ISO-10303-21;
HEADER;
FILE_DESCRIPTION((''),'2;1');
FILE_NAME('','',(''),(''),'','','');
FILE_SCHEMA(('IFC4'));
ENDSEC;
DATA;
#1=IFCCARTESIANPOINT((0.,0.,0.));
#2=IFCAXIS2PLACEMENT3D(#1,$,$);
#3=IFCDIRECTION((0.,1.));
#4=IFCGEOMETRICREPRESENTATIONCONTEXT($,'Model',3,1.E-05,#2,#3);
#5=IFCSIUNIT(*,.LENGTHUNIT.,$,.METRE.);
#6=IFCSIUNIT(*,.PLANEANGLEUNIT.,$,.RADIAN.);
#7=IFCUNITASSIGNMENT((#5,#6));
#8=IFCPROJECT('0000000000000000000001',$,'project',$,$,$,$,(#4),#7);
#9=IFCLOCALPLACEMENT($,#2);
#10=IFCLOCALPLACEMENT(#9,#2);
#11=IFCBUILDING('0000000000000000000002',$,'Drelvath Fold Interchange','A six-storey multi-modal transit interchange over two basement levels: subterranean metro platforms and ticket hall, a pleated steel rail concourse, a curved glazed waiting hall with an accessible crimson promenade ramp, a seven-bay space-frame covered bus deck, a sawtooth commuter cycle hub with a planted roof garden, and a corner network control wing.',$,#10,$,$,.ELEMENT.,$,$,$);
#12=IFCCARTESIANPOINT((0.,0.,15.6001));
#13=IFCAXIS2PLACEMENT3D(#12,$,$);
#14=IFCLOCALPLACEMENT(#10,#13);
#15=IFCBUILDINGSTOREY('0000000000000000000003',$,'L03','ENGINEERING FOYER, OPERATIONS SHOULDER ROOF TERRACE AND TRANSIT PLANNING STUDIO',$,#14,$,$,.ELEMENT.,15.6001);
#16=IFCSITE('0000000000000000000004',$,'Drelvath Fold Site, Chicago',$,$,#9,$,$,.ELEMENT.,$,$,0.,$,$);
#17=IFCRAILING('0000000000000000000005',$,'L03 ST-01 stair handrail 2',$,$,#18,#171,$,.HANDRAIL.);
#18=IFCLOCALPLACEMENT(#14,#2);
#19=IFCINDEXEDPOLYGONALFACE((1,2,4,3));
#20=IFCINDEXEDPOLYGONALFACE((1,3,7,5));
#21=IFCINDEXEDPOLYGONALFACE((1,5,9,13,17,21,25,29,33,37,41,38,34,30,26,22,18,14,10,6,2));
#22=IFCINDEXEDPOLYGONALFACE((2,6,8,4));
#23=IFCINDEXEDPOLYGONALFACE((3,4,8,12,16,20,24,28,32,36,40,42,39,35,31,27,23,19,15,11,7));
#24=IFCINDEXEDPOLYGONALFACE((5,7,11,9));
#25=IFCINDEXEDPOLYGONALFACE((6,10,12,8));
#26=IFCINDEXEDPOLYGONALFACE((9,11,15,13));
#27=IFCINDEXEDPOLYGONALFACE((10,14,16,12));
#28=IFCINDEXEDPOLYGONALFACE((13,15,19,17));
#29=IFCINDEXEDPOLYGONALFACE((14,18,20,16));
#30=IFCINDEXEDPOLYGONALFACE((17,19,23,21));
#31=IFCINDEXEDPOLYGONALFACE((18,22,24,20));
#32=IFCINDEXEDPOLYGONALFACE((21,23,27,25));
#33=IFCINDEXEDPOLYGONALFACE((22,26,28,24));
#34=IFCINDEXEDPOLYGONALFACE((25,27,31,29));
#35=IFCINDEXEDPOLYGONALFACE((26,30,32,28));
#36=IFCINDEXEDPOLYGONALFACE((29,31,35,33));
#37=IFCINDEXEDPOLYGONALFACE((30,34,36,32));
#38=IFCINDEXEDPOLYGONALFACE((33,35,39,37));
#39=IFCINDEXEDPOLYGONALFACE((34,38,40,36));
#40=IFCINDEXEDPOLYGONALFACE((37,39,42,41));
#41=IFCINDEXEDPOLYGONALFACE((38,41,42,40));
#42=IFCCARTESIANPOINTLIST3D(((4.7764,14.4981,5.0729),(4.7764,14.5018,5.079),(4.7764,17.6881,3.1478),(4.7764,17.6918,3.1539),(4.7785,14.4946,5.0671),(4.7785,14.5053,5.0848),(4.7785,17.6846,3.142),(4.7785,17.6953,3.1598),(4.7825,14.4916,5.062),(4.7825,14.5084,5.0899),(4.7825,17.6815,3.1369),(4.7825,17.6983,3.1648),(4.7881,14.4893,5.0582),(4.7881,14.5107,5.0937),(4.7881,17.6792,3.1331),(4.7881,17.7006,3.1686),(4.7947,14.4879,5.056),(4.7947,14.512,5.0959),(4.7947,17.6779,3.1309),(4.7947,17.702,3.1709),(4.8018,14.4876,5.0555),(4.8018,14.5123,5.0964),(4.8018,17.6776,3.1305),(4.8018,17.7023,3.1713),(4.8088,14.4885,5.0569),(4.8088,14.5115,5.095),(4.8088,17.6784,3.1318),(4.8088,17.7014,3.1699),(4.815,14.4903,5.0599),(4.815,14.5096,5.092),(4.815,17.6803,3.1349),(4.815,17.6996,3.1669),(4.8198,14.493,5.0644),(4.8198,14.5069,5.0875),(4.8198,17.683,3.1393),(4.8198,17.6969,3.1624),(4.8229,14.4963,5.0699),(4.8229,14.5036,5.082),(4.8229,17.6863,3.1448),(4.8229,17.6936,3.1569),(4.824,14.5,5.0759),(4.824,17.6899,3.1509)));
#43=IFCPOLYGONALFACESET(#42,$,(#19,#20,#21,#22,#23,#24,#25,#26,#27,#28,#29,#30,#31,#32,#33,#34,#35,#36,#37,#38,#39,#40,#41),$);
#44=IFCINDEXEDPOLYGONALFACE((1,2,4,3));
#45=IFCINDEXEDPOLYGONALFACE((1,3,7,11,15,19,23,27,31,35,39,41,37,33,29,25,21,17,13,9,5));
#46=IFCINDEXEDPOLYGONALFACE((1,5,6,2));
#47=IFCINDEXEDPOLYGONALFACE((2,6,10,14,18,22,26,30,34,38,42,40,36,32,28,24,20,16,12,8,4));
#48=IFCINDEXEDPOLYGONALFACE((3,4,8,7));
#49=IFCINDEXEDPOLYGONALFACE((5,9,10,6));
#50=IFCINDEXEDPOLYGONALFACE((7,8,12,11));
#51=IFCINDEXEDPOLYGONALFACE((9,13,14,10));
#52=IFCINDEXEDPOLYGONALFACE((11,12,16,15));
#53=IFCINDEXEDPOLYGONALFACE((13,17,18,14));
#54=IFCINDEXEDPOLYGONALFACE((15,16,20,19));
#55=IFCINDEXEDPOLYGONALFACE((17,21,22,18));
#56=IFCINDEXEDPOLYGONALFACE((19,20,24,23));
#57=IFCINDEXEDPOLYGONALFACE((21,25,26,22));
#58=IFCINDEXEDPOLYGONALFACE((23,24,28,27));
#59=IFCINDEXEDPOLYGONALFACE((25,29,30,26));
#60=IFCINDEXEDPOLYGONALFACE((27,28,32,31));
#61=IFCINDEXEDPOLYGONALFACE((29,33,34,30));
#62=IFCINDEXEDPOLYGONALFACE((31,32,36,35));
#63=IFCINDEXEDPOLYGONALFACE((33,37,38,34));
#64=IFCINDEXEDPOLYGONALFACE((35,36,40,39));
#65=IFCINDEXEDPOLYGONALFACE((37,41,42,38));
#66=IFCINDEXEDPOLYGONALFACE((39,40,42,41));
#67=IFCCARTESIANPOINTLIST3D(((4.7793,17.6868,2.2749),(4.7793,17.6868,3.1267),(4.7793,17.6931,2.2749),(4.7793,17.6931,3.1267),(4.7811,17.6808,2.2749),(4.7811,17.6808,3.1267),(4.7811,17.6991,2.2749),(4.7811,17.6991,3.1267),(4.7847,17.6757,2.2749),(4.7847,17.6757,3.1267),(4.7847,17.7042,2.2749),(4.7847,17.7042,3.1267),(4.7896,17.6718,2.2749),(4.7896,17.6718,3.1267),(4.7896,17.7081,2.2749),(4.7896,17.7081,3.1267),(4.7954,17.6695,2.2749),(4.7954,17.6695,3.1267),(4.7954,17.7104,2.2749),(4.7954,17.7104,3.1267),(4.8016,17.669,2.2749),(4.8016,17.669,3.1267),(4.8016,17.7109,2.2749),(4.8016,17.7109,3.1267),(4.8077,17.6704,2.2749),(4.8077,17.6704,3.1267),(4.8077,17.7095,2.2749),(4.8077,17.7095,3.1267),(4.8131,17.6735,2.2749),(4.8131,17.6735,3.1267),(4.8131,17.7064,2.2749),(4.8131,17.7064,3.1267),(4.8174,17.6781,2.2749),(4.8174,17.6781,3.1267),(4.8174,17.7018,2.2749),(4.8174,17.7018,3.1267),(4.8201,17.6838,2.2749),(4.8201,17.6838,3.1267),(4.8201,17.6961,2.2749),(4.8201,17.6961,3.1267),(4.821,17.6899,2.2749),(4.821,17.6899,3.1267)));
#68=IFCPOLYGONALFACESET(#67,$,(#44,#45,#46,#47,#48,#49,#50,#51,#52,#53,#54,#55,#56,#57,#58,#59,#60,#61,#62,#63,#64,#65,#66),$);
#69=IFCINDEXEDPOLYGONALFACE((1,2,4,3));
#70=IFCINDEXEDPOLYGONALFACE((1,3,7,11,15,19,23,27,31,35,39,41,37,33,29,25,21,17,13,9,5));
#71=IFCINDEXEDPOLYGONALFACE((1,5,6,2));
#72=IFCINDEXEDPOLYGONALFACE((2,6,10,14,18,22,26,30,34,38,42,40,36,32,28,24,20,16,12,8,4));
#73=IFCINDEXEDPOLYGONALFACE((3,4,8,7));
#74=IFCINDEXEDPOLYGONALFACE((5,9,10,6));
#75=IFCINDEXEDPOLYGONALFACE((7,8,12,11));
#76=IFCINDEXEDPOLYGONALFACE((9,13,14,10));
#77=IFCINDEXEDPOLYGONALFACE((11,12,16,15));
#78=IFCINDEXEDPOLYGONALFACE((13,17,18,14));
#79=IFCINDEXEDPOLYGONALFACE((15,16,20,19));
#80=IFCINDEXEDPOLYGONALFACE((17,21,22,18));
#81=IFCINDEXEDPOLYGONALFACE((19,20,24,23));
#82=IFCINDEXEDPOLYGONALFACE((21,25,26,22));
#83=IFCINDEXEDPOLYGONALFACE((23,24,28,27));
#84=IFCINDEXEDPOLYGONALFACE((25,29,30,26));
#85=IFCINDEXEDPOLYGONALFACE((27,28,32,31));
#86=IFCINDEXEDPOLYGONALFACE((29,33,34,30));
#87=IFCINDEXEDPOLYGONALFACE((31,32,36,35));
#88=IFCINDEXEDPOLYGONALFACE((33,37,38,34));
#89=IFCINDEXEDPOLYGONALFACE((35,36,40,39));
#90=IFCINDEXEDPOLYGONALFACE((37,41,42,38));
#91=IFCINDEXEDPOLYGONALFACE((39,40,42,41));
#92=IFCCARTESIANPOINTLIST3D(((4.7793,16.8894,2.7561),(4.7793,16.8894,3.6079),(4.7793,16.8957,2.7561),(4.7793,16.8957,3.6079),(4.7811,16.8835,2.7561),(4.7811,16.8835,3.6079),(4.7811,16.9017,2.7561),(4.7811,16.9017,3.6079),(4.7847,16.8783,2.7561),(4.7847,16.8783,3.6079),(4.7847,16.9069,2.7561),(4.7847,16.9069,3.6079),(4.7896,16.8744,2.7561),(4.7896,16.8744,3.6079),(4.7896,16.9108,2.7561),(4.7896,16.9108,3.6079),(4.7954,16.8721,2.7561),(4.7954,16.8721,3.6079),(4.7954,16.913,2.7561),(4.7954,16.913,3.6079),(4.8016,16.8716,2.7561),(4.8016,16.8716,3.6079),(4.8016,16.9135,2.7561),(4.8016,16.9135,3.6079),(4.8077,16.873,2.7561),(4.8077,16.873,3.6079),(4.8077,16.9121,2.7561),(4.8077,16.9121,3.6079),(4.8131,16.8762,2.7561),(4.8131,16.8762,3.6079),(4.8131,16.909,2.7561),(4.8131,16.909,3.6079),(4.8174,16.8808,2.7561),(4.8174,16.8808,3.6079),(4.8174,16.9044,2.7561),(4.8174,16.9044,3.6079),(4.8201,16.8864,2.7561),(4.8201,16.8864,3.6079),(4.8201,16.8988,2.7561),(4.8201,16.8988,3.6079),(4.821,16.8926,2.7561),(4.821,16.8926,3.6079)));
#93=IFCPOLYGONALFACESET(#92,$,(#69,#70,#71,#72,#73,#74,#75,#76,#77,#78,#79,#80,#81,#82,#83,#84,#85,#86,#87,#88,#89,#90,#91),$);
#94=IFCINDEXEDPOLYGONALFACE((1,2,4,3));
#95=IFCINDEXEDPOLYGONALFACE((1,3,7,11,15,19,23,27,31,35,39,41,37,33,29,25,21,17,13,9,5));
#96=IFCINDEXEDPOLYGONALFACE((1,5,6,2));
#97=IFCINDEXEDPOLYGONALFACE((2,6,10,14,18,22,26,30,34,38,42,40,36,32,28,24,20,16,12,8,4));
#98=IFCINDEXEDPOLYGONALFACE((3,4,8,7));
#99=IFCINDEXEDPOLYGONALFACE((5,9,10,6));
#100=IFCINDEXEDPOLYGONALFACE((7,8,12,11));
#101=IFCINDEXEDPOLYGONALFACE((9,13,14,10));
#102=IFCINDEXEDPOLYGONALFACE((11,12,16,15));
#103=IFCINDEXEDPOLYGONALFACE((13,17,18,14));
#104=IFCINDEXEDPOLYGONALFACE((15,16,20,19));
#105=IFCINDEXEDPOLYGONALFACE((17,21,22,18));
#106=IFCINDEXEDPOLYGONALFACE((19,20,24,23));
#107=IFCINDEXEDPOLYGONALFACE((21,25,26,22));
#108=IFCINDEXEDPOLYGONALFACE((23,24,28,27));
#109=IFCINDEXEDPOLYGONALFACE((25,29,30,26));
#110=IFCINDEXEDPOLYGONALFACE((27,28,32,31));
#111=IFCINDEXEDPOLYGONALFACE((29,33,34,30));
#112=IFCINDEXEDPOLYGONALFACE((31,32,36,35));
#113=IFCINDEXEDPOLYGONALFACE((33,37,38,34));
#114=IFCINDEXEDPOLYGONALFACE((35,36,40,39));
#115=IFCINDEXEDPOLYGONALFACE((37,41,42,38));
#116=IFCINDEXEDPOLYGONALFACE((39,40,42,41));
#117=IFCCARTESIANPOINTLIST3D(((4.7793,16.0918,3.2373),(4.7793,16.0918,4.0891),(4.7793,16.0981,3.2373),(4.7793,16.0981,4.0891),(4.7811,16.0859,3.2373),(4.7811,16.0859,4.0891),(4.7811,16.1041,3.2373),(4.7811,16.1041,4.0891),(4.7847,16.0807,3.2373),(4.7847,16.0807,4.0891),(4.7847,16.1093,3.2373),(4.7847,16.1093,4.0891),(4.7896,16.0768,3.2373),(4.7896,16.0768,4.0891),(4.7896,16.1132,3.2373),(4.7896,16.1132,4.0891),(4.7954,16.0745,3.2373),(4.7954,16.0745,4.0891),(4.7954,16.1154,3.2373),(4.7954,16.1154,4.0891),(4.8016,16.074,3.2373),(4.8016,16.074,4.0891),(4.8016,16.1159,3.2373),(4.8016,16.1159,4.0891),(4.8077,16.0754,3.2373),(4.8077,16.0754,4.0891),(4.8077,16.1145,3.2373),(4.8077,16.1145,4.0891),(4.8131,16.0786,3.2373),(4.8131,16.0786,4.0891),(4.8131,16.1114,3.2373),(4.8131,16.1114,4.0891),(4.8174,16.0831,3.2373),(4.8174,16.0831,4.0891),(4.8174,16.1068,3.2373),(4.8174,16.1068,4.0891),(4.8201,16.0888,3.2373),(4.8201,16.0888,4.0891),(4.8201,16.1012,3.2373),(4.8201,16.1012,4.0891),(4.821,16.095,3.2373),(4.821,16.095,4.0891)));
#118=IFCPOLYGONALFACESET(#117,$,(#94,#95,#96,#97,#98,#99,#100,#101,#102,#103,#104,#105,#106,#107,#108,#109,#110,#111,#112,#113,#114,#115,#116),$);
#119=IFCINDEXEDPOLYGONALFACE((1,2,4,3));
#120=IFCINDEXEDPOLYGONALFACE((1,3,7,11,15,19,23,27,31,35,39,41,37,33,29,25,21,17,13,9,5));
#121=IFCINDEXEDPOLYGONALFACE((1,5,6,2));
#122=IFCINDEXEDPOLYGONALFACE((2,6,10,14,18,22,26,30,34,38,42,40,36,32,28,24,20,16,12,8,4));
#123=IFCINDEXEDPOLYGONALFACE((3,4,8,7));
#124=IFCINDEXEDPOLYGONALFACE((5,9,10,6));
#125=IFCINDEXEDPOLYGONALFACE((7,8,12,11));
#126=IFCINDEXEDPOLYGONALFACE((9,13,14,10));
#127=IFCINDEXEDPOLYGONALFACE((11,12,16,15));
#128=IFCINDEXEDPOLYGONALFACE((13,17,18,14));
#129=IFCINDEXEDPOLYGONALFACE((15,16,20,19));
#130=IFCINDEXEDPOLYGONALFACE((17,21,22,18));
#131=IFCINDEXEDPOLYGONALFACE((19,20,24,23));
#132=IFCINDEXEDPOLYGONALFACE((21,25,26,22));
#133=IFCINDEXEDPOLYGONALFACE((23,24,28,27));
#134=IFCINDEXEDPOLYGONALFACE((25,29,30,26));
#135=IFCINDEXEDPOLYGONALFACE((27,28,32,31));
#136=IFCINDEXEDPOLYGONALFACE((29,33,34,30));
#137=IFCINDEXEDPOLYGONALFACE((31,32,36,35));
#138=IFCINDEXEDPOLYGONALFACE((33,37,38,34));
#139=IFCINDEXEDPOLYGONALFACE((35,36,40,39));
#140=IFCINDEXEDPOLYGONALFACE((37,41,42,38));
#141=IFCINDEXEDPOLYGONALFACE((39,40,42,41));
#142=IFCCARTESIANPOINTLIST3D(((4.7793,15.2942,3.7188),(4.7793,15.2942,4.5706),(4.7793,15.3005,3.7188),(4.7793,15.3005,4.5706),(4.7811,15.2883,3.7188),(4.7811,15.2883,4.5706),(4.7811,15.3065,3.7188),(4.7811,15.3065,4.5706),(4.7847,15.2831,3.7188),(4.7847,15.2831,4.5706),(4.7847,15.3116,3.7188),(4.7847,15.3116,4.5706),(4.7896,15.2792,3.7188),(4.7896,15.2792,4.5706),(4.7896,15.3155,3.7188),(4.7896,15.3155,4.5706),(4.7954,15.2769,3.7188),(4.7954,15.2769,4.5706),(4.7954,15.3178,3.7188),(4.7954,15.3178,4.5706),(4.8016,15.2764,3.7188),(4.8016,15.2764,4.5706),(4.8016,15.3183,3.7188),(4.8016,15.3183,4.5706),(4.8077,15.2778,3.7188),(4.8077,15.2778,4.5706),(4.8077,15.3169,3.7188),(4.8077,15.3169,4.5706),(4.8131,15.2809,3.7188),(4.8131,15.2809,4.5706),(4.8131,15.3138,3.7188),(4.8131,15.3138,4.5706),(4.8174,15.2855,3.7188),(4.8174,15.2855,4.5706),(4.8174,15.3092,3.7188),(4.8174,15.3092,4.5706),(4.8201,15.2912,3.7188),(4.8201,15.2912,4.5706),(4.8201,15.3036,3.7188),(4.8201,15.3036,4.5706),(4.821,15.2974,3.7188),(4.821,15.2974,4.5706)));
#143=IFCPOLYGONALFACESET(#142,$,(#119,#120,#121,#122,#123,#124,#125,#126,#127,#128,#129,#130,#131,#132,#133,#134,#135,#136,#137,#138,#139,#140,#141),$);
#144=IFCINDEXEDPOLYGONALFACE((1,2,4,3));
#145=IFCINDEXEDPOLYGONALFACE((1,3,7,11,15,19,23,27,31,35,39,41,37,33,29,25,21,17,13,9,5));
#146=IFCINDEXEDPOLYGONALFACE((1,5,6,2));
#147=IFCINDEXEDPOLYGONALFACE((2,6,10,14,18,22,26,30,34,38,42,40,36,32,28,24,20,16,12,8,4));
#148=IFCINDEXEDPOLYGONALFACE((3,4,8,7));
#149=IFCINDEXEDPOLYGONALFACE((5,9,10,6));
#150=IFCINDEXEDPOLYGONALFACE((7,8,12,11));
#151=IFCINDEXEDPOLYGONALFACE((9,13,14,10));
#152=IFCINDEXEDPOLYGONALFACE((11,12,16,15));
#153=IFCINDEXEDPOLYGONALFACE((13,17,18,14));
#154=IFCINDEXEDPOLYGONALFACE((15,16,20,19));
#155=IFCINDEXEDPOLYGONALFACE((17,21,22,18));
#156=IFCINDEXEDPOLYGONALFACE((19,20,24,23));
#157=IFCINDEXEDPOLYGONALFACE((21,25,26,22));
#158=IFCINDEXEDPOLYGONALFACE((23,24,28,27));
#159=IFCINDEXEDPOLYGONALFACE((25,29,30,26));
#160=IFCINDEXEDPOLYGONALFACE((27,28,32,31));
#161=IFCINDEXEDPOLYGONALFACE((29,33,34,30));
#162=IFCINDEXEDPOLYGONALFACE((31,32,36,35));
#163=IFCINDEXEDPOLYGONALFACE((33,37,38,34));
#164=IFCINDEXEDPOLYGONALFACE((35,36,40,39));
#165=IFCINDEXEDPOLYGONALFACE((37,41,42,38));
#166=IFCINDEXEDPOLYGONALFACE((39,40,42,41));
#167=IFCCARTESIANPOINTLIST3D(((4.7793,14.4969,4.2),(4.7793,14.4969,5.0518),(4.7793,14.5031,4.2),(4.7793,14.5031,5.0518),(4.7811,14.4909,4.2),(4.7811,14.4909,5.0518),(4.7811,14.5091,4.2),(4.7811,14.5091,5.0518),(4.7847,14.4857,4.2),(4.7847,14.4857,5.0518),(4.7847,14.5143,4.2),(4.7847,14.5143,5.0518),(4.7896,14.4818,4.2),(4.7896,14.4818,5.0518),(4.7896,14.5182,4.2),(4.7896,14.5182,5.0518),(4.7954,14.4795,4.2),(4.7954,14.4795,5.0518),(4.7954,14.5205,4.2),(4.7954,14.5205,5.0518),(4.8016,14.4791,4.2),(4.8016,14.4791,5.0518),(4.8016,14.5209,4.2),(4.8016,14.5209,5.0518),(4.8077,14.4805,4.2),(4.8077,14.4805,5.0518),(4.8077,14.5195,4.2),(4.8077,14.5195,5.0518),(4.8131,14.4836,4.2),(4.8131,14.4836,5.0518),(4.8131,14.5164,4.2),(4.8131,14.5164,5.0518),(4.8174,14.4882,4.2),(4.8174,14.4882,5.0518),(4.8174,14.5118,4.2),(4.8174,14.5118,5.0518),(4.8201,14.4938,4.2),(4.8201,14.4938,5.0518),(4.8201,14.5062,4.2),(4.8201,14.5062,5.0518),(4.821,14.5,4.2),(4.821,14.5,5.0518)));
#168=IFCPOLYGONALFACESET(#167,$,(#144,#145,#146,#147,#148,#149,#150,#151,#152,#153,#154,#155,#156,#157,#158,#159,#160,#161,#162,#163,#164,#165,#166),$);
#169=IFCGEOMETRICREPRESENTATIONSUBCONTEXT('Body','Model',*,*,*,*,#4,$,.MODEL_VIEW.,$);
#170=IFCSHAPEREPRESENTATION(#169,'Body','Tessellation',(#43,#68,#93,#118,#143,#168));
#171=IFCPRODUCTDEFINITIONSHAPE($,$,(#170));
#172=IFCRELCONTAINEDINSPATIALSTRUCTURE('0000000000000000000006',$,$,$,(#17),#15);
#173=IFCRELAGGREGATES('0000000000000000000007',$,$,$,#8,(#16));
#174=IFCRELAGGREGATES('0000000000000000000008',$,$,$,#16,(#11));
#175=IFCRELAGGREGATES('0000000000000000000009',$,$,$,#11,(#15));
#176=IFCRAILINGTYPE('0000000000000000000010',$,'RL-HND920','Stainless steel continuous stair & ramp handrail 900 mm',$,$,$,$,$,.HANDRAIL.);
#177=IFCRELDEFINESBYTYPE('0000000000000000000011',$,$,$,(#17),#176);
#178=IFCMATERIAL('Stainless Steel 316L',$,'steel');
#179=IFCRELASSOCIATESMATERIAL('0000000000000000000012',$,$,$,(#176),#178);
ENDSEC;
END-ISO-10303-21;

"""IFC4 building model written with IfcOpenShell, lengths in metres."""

from ifc_helpers import new_model, si_unit, direction, frame, origin, origin_2d, place, context, subcontext, project, spatial, circle, extrude, material, type_object, element, save


model = new_model("IFC4")

# Units and contexts
model_context = context("Model", 3, precision=1e-05, world=origin(), true_north=direction((0.0, 1.0)))
body_context = subcontext(model_context, "Body", "Model", "MODEL_VIEW")
ifc_project = project(units=[si_unit("LENGTHUNIT", "METRE"), si_unit("PLANEANGLEUNIT", "RADIAN")], contexts=[model_context])

# Site, building, storey
site_placement = place(None, origin())
site = spatial("IfcSite", under=ifc_project, at=site_placement, Name="Drelvath Fold Site, Chicago", CompositionType="ELEMENT", RefElevation=0.0)
building_placement = place(site_placement, origin())
building = spatial("IfcBuilding", under=site, at=building_placement, Name="Drelvath Fold Interchange", Description="A six-storey multi-modal transit interchange over two basement levels: subterranean metro platforms and ticket hall, a pleated steel rail concourse, a curved glazed waiting hall with an accessible crimson promenade ramp, a seven-bay space-frame covered bus deck, a sawtooth commuter cycle hub with a planted roof garden, and a corner network control wing.", CompositionType="ELEMENT")
storey_placement = place(building_placement, frame((0.0, 0.0, 15.6001)))
storey = spatial("IfcBuildingStorey", under=building, at=storey_placement, Name="L03", Description="ENGINEERING FOYER, OPERATIONS SHOULDER ROOF TERRACE AND TRANSIT PLANNING STUDIO", CompositionType="ELEMENT", Elevation=15.6001)

# Railing
ifc_material_1 = material(Name="Stainless Steel 316L", Category="steel")
railing_type_1 = type_object("IfcRailingType", Name="RL-HND920", Description="Stainless steel continuous stair & ramp handrail 900 mm", PredefinedType="HANDRAIL", material=ifc_material_1)
railing_1_placement = place(storey_placement, frame((4.8, 17.6899, 2.2749)))
element("IfcRailing", 1, at=railing_1_placement, inside=storey, type_object=railing_type_1, Name="L03 ST-01 stair handrail 2", PredefinedType="HANDRAIL", context=body_context, shape_type="SweptSolid", body=[
    extrude(circle(Radius=0.0239, at=origin_2d()), frame((0.0, 0.0, 0.876), z_axis=(0.0, -0.856178, 0.516682), x_axis=(1.0, 0.0, 0.0)), (0.0, 0.0, 1.0), 3.7258),
    extrude(circle(Radius=0.021, at=origin_2d()), origin(), (0.0, 0.0, 1.0), 0.8518),
    extrude(circle(Radius=0.021, at=origin_2d()), frame((0.0, -0.7974, 0.4812)), (0.0, 0.0, 1.0), 0.8518),
    extrude(circle(Radius=0.021, at=origin_2d()), frame((0.0, -1.595, 0.9624)), (0.0, 0.0, 1.0), 0.8518),
    extrude(circle(Radius=0.021, at=origin_2d()), frame((0.0, -2.3926, 1.4438)), (0.0, 0.0, 1.0), 0.8518),
    extrude(circle(Radius=0.021, at=origin_2d()), frame((0.0, -3.1899, 1.925)), (0.0, 0.0, 1.0), 0.8518),
])

save(model, "model.ifc")
